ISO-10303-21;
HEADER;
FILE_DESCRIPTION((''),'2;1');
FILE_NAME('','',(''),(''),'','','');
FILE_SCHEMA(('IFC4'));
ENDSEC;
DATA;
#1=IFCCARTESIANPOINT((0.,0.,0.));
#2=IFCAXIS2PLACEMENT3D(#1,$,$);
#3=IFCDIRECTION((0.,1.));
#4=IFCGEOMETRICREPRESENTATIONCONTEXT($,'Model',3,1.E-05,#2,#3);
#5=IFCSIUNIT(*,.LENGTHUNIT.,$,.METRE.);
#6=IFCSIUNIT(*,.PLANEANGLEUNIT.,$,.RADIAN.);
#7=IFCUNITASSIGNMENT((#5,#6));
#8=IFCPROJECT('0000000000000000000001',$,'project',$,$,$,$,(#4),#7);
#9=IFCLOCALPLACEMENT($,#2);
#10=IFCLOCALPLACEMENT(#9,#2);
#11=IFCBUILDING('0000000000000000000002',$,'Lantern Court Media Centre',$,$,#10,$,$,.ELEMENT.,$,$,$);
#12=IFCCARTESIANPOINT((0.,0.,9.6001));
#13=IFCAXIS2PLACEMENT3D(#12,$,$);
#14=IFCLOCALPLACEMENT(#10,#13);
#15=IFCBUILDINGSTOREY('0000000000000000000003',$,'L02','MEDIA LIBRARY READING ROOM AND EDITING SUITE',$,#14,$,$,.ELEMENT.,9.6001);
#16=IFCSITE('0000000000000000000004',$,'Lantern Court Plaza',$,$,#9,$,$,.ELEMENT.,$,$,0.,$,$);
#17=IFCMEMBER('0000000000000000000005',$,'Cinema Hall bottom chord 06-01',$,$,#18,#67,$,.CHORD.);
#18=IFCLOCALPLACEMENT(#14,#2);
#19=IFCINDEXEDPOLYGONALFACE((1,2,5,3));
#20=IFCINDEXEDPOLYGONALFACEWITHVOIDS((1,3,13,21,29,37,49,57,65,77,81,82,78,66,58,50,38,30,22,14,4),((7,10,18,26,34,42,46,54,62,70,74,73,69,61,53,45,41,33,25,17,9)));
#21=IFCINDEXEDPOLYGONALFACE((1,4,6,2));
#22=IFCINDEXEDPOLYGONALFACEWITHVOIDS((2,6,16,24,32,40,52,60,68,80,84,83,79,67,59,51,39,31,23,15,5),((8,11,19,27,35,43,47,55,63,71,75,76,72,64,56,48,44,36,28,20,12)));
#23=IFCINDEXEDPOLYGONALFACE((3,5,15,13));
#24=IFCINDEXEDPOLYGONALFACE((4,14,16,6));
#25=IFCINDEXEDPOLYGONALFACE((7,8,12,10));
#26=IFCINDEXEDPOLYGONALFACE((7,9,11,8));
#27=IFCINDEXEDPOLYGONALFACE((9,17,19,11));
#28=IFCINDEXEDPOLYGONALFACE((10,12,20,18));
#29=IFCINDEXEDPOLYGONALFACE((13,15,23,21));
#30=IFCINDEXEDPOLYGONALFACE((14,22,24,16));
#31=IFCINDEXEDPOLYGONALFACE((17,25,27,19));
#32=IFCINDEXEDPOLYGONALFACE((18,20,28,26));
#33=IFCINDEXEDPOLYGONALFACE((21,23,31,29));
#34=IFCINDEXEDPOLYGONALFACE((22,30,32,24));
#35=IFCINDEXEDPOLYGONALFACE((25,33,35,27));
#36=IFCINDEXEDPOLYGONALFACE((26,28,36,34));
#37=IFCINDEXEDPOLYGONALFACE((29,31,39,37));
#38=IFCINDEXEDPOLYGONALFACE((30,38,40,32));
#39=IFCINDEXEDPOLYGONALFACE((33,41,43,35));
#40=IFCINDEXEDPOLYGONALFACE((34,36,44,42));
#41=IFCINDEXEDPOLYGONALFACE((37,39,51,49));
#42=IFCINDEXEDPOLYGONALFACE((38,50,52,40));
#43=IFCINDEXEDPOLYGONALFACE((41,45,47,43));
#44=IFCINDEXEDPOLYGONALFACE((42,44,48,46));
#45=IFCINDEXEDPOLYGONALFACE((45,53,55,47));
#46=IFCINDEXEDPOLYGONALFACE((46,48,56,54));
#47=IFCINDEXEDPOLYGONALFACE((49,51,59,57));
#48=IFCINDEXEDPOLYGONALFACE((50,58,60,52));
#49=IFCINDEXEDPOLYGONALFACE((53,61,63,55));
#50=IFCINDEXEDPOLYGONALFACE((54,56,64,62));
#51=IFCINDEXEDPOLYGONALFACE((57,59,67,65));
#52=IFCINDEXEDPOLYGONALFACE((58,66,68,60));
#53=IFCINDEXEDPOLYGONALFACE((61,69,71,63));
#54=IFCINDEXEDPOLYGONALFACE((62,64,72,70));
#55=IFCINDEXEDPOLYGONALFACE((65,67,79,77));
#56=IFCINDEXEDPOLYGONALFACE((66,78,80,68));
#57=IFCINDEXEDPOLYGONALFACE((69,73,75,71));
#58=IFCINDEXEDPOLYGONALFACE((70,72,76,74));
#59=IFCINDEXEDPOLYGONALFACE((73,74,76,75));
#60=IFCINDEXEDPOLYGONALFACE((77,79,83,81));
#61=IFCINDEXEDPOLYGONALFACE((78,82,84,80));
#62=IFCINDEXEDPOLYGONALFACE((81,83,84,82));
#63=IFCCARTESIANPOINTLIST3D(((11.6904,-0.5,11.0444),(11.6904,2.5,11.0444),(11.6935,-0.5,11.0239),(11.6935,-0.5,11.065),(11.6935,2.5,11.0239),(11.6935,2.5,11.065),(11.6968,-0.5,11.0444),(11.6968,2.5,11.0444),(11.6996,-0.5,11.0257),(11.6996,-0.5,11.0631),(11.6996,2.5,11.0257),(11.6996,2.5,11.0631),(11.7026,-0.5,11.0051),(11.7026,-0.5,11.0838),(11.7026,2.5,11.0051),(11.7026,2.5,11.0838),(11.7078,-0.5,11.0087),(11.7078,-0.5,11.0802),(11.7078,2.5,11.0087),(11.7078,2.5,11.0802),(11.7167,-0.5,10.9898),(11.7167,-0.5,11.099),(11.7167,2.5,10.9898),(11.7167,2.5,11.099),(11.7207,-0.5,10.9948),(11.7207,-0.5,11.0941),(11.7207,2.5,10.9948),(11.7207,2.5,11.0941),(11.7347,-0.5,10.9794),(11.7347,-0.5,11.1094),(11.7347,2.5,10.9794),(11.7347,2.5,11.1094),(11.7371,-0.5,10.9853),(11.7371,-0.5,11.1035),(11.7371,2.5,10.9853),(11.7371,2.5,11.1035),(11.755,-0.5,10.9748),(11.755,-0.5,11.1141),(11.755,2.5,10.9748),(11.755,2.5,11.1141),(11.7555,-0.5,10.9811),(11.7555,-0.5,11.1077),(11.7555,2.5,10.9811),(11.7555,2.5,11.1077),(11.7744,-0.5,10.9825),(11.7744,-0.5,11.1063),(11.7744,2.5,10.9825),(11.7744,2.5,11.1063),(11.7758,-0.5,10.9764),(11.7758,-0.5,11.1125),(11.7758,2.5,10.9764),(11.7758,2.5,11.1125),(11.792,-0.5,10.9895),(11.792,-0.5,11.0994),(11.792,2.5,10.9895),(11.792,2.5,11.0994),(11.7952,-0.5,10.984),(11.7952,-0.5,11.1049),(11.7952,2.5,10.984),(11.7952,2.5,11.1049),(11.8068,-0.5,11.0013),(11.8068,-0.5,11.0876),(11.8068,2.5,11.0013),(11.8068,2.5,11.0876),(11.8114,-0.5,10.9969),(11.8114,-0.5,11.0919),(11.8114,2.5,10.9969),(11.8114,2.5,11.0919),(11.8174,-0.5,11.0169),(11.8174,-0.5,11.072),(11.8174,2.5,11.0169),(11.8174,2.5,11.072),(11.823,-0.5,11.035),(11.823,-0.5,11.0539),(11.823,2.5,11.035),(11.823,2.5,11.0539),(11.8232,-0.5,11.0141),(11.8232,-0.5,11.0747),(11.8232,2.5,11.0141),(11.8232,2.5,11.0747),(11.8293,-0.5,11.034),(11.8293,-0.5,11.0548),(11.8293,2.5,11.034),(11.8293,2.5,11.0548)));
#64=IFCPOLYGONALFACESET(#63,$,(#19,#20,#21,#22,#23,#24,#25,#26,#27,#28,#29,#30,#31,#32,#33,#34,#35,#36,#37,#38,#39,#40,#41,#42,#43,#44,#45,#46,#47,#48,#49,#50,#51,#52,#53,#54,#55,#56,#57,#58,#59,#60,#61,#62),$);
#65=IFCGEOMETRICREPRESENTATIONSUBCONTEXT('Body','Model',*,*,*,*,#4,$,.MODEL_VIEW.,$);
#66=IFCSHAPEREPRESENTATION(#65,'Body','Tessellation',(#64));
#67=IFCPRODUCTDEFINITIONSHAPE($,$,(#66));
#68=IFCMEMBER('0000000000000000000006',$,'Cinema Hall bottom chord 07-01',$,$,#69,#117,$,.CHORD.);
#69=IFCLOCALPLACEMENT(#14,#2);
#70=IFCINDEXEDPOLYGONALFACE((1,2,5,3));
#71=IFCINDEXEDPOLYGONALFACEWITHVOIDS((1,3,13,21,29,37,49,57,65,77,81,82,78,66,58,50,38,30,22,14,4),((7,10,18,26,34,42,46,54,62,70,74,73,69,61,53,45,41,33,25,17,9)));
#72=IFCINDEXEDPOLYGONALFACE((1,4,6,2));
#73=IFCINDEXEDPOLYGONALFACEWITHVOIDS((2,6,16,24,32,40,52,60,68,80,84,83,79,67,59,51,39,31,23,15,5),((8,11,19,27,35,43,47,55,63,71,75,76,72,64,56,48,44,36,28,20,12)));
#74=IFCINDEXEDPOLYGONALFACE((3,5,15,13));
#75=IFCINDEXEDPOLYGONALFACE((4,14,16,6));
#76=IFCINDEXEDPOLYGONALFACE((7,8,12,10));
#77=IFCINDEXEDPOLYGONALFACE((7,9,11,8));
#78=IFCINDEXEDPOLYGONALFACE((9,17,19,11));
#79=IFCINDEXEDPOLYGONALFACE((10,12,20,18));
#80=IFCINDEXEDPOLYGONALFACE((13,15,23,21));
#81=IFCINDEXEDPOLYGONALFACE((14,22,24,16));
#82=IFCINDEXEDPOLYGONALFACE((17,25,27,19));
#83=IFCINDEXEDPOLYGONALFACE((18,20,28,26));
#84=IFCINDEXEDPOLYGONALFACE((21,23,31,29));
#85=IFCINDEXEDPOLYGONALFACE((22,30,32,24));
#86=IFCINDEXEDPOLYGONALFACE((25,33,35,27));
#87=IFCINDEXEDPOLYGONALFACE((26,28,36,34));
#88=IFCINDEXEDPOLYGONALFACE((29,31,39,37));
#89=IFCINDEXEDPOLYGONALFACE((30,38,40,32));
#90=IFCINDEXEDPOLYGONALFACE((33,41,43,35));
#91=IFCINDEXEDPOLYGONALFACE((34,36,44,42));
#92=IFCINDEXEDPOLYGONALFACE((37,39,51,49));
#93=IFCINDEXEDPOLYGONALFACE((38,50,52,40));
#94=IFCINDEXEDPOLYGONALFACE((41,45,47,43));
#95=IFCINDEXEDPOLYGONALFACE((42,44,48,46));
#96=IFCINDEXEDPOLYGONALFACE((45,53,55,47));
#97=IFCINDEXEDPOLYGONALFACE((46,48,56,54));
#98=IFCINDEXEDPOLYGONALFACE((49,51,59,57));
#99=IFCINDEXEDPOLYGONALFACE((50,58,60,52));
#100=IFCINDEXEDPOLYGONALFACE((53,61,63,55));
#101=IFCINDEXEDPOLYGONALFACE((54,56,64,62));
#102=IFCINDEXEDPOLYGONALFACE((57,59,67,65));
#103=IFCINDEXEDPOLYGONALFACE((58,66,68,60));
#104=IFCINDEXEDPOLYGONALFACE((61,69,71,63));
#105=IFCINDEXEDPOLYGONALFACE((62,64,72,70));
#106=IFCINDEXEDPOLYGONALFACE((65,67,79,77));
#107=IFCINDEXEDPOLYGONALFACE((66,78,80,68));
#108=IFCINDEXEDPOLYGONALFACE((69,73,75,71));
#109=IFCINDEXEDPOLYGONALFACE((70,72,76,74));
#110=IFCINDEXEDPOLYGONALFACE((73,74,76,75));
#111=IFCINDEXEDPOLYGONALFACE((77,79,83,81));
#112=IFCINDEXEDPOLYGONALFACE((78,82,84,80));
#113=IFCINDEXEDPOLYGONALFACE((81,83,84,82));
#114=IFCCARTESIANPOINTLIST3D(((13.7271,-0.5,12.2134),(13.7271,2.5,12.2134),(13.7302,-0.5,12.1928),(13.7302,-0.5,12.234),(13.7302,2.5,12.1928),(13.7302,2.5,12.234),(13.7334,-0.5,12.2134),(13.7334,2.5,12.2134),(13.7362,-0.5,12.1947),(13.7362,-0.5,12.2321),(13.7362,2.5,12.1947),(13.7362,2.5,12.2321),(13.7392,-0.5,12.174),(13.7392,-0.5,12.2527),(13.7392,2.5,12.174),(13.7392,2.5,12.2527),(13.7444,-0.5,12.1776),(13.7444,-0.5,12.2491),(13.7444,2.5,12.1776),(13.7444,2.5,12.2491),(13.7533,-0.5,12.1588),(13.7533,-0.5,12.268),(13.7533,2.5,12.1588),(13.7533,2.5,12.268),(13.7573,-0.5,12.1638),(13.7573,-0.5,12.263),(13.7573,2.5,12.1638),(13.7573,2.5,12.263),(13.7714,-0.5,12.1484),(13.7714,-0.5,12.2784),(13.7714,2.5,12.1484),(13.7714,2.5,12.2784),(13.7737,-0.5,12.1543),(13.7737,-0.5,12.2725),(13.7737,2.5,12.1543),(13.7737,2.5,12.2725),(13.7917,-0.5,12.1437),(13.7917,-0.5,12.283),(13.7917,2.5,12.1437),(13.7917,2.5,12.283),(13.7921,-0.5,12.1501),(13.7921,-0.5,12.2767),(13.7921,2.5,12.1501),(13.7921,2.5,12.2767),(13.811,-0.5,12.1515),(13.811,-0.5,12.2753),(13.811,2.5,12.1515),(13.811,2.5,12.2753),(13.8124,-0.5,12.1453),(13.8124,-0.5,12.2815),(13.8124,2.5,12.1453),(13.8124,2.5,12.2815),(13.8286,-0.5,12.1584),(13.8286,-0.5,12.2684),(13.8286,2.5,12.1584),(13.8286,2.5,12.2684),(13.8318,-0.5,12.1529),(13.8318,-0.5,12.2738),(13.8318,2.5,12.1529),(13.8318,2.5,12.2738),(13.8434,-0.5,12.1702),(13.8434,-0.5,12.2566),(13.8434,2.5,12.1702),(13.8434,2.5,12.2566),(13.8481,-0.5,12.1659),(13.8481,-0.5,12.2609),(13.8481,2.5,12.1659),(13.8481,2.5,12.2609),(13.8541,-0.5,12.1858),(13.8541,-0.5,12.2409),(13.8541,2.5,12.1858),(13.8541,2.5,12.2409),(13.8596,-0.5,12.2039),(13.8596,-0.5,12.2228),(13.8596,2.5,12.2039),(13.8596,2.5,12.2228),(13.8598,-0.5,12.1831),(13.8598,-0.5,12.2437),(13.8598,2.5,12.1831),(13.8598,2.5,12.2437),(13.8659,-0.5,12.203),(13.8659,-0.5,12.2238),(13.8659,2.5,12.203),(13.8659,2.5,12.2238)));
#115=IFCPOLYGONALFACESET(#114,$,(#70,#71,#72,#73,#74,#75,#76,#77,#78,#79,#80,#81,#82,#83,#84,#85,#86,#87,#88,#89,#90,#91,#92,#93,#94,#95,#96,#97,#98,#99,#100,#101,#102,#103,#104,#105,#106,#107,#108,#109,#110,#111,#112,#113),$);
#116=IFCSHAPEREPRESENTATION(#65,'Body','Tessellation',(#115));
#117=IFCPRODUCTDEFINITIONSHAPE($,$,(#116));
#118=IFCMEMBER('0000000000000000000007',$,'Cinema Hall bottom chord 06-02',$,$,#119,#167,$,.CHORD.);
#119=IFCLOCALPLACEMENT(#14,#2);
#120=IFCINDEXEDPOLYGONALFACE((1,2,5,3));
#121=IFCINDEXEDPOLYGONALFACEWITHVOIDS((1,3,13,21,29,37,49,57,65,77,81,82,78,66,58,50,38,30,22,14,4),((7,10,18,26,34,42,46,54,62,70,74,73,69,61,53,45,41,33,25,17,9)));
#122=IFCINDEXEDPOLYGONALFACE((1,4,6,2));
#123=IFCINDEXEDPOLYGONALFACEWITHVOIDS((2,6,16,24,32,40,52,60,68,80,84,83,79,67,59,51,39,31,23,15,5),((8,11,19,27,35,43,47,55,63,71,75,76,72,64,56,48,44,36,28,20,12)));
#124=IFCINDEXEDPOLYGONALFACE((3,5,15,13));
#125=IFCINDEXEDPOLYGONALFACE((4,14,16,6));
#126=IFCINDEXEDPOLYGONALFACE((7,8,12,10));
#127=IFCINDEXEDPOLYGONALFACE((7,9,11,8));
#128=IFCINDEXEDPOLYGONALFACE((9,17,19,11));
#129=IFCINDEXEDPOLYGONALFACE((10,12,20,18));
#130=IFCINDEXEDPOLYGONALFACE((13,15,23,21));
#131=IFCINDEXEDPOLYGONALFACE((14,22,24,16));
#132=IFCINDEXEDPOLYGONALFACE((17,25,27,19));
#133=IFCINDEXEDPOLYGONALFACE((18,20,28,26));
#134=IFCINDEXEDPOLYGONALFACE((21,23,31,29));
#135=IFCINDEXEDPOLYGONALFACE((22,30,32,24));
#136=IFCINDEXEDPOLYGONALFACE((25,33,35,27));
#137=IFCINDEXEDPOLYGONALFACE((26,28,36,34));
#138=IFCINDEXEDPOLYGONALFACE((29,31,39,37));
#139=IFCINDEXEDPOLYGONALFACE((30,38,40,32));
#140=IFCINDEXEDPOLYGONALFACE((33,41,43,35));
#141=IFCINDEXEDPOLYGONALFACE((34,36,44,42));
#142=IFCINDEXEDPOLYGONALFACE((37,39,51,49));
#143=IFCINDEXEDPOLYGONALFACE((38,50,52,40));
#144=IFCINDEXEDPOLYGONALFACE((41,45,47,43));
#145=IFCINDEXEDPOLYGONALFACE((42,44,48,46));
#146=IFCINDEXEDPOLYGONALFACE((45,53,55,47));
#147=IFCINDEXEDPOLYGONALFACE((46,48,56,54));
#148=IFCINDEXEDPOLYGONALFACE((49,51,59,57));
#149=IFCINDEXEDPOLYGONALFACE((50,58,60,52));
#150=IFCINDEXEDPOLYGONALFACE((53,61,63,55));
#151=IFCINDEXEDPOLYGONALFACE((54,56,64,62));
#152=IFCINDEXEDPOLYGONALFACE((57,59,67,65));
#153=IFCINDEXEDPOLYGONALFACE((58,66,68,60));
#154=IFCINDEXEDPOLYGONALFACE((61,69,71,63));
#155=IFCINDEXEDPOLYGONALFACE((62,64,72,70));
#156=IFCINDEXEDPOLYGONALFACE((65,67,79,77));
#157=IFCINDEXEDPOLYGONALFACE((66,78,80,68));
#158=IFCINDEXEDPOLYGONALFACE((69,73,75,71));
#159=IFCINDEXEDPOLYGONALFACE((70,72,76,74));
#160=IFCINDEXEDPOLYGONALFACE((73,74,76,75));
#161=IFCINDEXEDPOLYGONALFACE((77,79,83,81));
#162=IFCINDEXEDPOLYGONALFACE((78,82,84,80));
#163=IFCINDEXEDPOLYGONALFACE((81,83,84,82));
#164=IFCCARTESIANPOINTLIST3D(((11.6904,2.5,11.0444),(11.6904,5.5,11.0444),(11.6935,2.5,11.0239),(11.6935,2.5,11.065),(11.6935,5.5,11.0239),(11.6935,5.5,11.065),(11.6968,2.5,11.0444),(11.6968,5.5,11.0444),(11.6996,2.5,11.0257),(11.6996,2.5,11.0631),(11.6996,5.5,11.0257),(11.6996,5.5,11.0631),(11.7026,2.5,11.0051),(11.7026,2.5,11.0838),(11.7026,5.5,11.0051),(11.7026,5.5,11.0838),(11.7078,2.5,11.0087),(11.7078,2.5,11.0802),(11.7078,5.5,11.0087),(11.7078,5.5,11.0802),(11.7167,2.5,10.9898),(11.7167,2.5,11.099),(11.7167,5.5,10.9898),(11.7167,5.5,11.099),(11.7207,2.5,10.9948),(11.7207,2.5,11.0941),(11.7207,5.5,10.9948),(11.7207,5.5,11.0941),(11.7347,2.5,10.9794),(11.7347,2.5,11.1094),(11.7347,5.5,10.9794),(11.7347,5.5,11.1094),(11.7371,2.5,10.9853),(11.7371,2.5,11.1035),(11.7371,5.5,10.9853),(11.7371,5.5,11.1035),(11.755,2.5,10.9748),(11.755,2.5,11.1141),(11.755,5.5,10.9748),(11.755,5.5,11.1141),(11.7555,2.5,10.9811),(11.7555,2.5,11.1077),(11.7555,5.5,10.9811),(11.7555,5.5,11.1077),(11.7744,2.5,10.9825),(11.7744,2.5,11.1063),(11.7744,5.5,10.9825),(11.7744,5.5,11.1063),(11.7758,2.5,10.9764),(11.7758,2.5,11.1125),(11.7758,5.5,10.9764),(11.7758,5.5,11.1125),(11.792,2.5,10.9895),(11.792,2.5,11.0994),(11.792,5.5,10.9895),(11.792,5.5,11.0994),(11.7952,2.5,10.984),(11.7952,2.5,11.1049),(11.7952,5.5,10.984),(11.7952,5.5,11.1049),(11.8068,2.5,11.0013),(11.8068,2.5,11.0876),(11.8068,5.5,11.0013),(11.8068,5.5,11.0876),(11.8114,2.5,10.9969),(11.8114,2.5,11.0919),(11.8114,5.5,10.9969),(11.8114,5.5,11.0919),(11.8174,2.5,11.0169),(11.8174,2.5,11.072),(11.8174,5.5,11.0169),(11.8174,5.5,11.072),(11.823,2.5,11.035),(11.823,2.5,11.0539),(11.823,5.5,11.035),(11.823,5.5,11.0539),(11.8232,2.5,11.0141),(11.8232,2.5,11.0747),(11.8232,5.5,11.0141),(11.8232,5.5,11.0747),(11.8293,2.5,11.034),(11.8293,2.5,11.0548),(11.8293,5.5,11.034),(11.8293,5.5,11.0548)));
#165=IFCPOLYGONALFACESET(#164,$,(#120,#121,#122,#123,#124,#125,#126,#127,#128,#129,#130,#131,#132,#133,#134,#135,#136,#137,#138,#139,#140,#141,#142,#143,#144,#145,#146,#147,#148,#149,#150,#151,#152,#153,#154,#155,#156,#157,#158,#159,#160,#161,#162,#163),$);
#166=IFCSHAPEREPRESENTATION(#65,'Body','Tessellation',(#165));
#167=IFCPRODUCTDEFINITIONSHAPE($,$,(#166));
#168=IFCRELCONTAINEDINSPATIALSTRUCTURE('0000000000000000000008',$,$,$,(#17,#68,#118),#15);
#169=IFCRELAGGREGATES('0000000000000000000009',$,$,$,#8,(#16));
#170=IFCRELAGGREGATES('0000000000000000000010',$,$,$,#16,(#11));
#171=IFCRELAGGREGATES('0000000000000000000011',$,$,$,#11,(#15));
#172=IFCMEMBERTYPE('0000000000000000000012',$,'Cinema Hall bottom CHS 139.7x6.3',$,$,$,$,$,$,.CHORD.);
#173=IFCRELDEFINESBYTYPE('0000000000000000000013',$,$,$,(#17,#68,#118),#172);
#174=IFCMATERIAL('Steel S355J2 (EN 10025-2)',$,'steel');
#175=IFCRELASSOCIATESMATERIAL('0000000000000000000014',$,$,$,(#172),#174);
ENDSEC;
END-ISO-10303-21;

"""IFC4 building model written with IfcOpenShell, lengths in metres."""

from ifc_helpers import new_model, si_unit, direction, frame, origin, origin_2d, place, context, subcontext, project, spatial, hollow_circle, extrude, material, material_profile, profile_set, type_object, element, save


model = new_model("IFC4")

# Units and contexts
model_context = context("Model", 3, precision=1e-05, world=origin(), true_north=direction((0.0, 1.0)))
body_context = subcontext(model_context, "Body", "Model", "MODEL_VIEW")
ifc_project = project(units=[si_unit("LENGTHUNIT", "METRE"), si_unit("PLANEANGLEUNIT", "RADIAN")], contexts=[model_context])

# Site, building, storey
site_placement = place(None, origin())
site = spatial("IfcSite", under=ifc_project, at=site_placement, Name="Lantern Court Plaza", CompositionType="ELEMENT", RefElevation=0.0)
building_placement = place(site_placement, origin())
building = spatial("IfcBuilding", under=site, at=building_placement, Name="Lantern Court Media Centre", CompositionType="ELEMENT")
storey_placement = place(building_placement, frame((0.0, 0.0, 9.6001)))
storey = spatial("IfcBuildingStorey", under=building, at=storey_placement, Name="L02", Description="MEDIA LIBRARY READING ROOM AND EDITING SUITE", CompositionType="ELEMENT", Elevation=9.6001)

# Members
ifc_material = material(Name="Steel S355J2 (EN 10025-2)", Category="steel")
ifc_material_profile_1 = material_profile(ifc_material, hollow_circle(Radius=0.0698, WallThickness=0.0063, at=origin_2d()), Name="Cinema Hall bottom CHS 139.7x6.3")
ifc_profile_set_1 = profile_set([ifc_material_profile_1], Name="Steel S355J2 (EN 10025-2)")
member_type_1 = type_object("IfcMemberType", Name="Cinema Hall bottom CHS 139.7x6.3", PredefinedType="CHORD", material=ifc_profile_set_1)
for number, where, z_axis, x_axis, name in (
    (1, (11.7603, -0.5, 11.0444), (0.0, 1.0, 0.0), (-1.0, 0.0, 0.0), "Cinema Hall bottom chord 06-01"),
    (2, (13.7969, -0.5, 12.2134), (0.0, 1.0, 0.0), (-1.0, 0.0, 0.0), "Cinema Hall bottom chord 07-01"),
    (3, (11.7603, 2.5, 11.0444), (0.0, 1.0, 0.0), (-1.0, 0.0, 0.0), "Cinema Hall bottom chord 06-02"),
):
    element("IfcMember", number, at=place(storey_placement, frame(where, z_axis=z_axis, x_axis=x_axis)), inside=storey, type_object=member_type_1, Name=name, PredefinedType="CHORD", context=body_context, shape_type="SweptSolid", body=[
        extrude(hollow_circle(Radius=0.0698, WallThickness=0.0063, at=origin_2d()), origin(), (0.0, 0.0, 1.0), 3.0),
    ])

save(model, "model.ifc")
